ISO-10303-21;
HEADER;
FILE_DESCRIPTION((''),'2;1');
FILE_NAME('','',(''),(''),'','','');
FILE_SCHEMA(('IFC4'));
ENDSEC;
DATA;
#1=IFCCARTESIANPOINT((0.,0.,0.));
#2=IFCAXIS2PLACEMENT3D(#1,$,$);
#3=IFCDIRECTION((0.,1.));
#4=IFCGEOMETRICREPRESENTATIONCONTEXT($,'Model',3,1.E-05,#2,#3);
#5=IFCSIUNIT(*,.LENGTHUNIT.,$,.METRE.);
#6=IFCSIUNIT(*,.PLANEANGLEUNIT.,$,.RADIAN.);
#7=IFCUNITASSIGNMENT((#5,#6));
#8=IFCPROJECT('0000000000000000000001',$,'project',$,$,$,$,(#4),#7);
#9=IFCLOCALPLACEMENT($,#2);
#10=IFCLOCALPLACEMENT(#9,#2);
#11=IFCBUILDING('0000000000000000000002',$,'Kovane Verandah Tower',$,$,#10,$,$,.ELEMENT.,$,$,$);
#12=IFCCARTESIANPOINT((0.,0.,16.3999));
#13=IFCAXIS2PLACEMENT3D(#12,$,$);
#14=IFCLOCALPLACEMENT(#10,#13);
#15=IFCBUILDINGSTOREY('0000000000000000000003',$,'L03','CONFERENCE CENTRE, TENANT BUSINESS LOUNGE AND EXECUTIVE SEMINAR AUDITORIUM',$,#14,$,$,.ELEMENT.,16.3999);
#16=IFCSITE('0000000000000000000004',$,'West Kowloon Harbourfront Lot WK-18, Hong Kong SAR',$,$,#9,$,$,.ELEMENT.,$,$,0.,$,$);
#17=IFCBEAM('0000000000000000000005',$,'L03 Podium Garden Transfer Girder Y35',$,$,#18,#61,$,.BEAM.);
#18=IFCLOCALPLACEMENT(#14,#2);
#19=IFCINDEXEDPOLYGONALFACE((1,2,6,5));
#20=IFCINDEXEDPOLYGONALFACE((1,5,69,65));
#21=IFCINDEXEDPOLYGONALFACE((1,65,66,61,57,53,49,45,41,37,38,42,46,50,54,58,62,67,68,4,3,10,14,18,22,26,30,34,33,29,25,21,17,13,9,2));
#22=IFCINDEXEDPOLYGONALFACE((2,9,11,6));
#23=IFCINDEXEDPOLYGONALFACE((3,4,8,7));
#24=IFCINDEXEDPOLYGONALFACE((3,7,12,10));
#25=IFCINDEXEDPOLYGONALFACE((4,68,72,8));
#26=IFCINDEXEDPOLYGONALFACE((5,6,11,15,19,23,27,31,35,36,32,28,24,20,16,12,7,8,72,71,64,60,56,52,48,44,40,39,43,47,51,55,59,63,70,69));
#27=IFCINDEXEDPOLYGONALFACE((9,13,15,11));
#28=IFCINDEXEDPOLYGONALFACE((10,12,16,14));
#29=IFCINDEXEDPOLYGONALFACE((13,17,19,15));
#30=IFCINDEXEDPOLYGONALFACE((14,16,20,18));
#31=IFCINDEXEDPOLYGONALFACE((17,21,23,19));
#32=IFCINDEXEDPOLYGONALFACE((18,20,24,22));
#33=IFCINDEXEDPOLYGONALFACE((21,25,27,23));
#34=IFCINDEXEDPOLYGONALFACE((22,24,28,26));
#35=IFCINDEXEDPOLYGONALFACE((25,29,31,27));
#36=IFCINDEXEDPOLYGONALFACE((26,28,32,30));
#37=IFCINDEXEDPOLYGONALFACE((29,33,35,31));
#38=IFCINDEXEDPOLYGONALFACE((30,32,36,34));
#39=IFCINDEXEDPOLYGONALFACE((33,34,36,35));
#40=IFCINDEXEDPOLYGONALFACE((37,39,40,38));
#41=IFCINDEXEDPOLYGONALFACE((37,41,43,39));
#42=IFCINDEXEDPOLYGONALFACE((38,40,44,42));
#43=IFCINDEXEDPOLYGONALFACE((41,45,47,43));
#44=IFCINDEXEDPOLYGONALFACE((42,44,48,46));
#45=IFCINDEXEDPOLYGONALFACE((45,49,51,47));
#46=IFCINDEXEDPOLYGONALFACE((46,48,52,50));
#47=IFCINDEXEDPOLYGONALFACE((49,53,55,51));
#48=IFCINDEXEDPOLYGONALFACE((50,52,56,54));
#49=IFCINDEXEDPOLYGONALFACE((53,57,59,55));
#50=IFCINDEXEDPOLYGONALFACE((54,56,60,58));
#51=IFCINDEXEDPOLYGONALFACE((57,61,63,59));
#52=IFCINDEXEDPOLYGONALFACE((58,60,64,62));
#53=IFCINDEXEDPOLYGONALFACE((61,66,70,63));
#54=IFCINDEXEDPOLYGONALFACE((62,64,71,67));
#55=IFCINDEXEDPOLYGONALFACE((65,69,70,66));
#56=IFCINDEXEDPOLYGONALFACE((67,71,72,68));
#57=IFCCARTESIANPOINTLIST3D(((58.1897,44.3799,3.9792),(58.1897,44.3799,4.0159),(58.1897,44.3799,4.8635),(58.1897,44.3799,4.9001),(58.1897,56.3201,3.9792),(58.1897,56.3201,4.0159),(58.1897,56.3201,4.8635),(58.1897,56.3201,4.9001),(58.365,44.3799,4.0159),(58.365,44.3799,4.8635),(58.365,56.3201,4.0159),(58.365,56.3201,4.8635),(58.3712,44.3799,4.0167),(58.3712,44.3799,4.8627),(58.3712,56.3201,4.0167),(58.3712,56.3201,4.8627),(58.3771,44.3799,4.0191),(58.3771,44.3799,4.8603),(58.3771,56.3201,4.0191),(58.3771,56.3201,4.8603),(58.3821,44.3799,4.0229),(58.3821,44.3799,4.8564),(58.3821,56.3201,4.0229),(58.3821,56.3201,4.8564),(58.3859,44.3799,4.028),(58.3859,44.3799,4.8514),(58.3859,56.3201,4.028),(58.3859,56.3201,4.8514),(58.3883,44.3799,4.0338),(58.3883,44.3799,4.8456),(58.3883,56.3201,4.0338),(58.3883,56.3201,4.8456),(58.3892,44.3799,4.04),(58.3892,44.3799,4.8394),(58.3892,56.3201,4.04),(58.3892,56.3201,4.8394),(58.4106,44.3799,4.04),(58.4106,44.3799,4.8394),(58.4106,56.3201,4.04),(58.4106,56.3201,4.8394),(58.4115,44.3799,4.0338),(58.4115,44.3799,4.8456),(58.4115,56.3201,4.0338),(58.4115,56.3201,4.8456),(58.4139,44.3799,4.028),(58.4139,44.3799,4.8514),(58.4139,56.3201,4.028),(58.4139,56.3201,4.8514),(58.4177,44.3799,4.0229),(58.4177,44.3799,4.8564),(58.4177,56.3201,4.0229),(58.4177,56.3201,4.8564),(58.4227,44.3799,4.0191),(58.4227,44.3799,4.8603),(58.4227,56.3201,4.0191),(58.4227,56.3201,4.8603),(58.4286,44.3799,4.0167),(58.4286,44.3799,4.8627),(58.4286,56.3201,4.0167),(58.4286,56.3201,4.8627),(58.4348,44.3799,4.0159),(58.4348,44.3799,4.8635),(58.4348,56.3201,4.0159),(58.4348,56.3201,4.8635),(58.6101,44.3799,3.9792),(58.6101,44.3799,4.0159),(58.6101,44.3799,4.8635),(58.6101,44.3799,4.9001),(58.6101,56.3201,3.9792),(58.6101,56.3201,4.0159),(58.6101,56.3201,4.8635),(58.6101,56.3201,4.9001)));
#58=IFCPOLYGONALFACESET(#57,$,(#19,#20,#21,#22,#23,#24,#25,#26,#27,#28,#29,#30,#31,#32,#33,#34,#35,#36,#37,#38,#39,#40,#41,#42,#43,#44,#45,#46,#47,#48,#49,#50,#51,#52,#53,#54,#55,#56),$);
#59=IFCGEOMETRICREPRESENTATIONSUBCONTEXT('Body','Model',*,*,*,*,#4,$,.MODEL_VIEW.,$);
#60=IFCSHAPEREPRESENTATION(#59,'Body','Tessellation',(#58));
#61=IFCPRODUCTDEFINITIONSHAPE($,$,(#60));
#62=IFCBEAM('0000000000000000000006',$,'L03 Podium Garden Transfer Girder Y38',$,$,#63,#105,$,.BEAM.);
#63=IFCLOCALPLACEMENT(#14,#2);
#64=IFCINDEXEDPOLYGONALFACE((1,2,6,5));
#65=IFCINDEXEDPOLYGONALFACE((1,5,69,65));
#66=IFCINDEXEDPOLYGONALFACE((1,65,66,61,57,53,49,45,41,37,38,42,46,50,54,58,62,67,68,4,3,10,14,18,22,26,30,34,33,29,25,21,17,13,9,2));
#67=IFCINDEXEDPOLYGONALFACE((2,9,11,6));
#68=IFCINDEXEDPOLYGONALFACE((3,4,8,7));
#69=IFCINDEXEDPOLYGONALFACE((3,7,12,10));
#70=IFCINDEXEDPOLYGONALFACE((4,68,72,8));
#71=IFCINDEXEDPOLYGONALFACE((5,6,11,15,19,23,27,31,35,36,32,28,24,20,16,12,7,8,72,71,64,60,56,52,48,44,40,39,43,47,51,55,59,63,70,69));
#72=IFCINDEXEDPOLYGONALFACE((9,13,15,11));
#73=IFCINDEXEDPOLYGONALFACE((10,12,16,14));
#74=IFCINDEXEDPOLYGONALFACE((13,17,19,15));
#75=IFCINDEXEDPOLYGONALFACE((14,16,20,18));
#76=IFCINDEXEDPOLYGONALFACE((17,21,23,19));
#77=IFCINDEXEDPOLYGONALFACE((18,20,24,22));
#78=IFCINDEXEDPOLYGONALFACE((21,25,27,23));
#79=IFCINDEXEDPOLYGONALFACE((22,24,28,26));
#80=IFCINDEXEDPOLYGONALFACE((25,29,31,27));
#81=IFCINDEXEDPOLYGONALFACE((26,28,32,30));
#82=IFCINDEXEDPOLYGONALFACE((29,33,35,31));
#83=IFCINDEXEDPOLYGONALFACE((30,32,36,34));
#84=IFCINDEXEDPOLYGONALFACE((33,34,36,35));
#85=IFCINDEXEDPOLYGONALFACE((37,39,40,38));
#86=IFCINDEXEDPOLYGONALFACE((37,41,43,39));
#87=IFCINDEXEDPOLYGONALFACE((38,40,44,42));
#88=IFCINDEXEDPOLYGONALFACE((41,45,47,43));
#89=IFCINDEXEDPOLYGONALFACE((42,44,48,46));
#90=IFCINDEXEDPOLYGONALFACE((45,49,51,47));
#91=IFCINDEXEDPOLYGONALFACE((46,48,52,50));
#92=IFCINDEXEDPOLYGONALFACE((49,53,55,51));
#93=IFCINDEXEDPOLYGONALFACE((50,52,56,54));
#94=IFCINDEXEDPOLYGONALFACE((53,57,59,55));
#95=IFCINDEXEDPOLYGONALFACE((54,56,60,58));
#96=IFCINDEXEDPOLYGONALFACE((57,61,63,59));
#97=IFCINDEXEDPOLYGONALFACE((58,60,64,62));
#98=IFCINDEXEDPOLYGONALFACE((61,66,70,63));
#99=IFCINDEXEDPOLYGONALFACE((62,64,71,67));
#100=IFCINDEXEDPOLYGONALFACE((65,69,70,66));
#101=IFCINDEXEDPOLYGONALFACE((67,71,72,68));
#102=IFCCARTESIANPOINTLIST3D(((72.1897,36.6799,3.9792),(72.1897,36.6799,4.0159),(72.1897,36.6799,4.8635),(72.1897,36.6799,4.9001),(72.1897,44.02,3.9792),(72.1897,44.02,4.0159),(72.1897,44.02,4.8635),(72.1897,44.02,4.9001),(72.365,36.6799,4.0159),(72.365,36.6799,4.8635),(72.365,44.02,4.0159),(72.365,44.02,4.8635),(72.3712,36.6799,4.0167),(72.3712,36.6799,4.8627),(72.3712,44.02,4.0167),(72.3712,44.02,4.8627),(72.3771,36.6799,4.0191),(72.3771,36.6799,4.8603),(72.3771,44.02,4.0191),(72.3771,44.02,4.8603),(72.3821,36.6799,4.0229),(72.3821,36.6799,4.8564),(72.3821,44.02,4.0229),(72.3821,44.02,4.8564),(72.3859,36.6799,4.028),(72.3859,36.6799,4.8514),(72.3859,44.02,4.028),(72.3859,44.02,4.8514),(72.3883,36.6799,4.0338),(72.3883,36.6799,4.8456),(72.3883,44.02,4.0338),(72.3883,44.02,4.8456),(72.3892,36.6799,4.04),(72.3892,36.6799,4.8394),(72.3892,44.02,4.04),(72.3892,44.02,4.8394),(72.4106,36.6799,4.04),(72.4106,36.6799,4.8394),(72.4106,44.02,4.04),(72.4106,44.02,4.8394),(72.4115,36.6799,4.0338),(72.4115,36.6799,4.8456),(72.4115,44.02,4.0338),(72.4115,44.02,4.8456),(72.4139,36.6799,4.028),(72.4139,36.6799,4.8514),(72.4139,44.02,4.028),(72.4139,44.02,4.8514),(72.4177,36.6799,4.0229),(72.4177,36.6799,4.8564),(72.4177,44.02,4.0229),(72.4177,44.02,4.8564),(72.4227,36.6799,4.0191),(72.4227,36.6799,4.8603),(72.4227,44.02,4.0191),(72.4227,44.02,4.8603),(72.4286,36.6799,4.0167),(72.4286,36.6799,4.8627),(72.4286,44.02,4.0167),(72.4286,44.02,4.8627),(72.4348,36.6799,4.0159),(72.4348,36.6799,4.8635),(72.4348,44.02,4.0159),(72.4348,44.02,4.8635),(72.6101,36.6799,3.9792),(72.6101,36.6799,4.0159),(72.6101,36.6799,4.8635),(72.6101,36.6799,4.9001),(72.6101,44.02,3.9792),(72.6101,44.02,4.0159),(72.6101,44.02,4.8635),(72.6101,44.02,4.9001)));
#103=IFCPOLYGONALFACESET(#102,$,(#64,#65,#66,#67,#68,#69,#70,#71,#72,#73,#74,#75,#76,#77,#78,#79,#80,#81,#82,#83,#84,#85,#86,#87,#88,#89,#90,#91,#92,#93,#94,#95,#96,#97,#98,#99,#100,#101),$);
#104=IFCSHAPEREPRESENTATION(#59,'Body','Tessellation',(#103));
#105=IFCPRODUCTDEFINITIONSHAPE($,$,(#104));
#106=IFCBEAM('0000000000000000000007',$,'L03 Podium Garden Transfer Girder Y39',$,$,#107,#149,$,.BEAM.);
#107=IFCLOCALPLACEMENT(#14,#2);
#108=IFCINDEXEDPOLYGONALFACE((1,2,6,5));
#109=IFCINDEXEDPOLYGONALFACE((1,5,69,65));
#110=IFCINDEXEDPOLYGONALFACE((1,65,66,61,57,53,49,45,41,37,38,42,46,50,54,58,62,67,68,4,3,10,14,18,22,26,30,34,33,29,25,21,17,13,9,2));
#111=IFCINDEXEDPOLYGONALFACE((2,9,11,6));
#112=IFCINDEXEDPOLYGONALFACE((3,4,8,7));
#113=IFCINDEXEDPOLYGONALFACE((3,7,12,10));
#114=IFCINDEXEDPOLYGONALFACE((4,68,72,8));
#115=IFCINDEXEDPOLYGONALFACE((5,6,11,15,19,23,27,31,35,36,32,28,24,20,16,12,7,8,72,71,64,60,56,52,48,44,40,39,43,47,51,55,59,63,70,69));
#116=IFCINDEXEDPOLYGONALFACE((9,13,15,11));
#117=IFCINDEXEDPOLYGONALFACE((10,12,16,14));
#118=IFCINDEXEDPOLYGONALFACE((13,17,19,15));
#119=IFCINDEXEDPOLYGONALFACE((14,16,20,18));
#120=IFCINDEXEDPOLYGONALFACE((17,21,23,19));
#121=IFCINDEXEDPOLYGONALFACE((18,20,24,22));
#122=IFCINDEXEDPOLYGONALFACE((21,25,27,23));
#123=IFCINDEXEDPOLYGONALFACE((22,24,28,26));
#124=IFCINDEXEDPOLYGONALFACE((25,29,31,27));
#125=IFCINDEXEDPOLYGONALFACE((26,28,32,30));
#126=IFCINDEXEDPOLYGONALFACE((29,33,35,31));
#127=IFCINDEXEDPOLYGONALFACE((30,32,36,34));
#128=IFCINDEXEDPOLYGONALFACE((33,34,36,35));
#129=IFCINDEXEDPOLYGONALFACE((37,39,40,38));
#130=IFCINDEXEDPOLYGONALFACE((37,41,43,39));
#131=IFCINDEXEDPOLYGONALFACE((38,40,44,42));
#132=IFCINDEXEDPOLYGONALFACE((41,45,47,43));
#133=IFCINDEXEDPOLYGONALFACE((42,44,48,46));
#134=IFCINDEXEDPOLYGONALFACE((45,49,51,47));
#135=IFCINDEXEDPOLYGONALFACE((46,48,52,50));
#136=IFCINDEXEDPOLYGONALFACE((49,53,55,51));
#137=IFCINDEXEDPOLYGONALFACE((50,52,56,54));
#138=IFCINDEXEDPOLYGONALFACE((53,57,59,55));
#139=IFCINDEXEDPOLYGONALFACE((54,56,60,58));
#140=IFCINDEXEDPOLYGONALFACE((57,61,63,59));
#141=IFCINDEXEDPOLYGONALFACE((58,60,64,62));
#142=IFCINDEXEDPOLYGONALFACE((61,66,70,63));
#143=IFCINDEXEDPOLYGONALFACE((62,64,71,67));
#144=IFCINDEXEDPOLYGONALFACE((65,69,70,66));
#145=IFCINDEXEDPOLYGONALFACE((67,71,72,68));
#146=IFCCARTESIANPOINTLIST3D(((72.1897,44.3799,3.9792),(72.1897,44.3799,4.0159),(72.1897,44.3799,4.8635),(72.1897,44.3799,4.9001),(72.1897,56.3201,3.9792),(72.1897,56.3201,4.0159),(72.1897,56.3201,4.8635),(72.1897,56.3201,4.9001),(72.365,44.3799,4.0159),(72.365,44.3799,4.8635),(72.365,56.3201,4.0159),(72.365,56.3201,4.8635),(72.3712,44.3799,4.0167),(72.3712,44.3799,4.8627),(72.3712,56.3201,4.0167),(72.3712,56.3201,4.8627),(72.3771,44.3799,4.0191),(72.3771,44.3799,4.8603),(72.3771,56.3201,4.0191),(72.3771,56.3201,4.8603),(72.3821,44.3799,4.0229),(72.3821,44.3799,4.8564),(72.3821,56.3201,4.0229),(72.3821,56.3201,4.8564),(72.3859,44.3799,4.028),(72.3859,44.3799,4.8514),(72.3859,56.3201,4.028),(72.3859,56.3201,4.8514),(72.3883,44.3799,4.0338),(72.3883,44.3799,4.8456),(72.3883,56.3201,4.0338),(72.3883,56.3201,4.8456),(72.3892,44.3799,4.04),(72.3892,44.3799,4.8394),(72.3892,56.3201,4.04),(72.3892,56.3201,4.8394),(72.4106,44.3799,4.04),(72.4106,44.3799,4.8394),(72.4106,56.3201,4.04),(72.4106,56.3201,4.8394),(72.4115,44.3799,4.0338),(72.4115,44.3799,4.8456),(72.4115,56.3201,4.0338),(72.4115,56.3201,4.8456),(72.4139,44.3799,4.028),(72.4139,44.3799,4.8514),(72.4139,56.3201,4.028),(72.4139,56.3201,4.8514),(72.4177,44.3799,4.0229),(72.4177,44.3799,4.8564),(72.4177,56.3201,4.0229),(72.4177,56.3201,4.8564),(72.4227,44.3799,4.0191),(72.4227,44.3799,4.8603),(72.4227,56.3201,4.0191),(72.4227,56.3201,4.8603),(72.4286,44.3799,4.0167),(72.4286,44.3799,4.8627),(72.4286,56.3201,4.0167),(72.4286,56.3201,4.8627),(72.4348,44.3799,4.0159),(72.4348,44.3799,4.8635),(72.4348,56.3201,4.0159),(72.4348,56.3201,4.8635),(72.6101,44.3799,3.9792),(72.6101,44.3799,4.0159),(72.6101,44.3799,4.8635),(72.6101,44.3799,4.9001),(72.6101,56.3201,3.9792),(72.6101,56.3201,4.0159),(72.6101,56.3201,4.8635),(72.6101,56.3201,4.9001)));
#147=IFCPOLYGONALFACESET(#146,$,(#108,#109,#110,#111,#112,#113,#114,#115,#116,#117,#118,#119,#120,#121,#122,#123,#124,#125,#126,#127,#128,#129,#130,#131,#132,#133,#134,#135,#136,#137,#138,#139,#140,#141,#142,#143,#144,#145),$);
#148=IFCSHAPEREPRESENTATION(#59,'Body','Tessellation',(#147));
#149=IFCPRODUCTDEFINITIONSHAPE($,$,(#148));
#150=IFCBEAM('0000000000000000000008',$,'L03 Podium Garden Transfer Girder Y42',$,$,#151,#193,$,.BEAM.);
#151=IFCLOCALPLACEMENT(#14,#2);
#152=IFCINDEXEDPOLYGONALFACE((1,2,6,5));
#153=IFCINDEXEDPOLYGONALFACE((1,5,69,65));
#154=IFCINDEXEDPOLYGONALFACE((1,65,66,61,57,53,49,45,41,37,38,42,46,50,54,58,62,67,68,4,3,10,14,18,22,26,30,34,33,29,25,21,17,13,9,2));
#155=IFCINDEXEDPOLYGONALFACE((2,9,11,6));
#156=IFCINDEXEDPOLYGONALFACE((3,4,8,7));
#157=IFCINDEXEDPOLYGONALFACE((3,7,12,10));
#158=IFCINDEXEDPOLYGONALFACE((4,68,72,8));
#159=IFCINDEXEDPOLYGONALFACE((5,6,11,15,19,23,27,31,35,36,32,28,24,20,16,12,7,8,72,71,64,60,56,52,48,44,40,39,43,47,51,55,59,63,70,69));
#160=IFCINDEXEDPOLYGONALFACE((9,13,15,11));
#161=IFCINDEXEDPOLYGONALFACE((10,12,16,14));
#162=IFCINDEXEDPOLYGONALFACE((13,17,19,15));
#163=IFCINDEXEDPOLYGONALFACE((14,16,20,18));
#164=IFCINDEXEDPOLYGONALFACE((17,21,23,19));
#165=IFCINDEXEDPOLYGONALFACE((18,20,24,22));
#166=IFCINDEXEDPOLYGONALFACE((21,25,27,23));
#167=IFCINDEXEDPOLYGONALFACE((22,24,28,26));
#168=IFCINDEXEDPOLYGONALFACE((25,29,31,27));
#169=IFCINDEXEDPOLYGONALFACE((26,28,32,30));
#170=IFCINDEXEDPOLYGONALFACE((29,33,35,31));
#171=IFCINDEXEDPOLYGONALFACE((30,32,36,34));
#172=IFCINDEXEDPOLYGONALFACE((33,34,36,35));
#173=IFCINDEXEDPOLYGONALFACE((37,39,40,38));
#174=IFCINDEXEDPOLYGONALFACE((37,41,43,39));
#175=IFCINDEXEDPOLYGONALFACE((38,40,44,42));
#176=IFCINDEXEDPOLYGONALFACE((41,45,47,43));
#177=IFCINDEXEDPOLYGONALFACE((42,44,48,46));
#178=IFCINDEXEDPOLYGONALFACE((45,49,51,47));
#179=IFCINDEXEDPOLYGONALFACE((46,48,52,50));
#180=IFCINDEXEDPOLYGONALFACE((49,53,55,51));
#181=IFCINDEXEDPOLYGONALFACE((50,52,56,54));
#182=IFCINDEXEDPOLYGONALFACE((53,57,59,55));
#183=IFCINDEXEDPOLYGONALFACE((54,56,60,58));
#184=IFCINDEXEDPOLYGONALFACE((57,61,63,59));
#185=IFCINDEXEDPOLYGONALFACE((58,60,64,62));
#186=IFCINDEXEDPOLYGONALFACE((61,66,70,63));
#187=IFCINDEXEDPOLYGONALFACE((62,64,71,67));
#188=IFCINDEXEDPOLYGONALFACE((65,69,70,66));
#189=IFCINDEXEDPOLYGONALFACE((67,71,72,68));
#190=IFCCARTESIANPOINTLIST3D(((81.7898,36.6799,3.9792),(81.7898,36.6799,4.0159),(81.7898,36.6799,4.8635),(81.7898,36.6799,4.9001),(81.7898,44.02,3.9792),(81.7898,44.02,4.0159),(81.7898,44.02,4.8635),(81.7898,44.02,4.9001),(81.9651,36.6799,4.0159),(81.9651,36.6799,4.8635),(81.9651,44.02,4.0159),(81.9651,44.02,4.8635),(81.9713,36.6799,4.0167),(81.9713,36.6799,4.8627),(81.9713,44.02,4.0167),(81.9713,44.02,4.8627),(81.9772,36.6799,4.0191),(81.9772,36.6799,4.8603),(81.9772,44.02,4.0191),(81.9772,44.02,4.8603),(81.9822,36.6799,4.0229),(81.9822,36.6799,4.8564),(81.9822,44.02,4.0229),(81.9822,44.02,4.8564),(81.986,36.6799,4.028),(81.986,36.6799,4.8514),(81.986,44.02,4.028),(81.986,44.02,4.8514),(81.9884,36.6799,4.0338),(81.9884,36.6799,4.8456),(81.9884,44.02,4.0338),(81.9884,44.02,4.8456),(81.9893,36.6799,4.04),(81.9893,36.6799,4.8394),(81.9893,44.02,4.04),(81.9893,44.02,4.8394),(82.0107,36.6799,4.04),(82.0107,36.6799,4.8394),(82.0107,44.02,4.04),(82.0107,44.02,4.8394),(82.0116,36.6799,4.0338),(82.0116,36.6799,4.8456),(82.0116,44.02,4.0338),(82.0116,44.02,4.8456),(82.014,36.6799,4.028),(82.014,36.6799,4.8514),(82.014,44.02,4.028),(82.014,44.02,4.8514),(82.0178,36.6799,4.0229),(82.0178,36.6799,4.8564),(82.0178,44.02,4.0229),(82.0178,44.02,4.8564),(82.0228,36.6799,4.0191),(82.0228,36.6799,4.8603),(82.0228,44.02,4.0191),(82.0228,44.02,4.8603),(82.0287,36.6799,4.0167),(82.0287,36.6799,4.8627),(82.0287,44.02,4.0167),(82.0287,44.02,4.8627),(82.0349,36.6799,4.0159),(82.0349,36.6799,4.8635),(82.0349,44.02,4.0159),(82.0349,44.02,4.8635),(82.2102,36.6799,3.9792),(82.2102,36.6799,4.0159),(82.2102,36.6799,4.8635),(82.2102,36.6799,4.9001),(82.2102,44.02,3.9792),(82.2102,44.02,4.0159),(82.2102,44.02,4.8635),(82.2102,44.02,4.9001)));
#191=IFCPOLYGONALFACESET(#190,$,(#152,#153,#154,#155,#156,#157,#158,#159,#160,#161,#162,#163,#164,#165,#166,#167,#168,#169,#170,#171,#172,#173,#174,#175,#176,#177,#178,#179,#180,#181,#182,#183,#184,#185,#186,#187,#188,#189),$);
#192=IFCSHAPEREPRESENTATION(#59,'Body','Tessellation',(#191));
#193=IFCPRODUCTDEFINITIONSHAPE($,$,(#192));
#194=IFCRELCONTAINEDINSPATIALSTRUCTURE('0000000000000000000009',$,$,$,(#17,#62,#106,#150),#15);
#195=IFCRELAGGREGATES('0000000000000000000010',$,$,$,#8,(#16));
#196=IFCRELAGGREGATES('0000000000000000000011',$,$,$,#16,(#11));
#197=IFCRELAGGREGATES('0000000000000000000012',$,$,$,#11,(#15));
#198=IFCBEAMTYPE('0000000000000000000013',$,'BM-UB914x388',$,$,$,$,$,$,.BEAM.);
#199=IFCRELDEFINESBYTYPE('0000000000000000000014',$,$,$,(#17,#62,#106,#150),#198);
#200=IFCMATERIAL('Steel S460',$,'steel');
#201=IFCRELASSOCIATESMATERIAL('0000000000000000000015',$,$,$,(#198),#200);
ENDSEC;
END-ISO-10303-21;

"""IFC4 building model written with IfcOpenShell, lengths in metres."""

from ifc_helpers import new_model, si_unit, direction, frame, origin, origin_2d, place, context, subcontext, project, spatial, i_section, extrude, material, material_profile, profile_set, type_object, element, save


model = new_model("IFC4")

# Units and contexts
model_context = context("Model", 3, precision=1e-05, world=origin(), true_north=direction((0.0, 1.0)))
body_context = subcontext(model_context, "Body", "Model", "MODEL_VIEW")
ifc_project = project(units=[si_unit("LENGTHUNIT", "METRE"), si_unit("PLANEANGLEUNIT", "RADIAN")], contexts=[model_context])

# Site, building, storey
site_placement = place(None, origin())
site = spatial("IfcSite", under=ifc_project, at=site_placement, Name="West Kowloon Harbourfront Lot WK-18, Hong Kong SAR", CompositionType="ELEMENT", RefElevation=0.0)
building_placement = place(site_placement, origin())
building = spatial("IfcBuilding", under=site, at=building_placement, Name="Kovane Verandah Tower", CompositionType="ELEMENT")
storey_placement = place(building_placement, frame((0.0, 0.0, 16.3999)))
storey = spatial("IfcBuildingStorey", under=building, at=storey_placement, Name="L03", Description="CONFERENCE CENTRE, TENANT BUSINESS LOUNGE AND EXECUTIVE SEMINAR AUDITORIUM", CompositionType="ELEMENT", Elevation=16.3999)

# Shared definitions
ifc_material_1 = material(Name="Steel S460", Category="steel")

# Beams
ifc_material_profile_1 = material_profile(ifc_material_1, i_section(OverallWidth=0.4204, OverallDepth=0.9209, WebThickness=0.0215, FlangeThickness=0.0366, FilletRadius=0.0242, at=origin_2d()), Name="UB914x419x388")
ifc_profile_set_1 = profile_set([ifc_material_profile_1], Name="Steel S460")
beam_type = type_object("IfcBeamType", Name="BM-UB914x388", PredefinedType="BEAM", material=ifc_profile_set_1)
beam_1_placement = place(storey_placement, frame((58.3999, 44.3799, 4.4397), z_axis=(0.0, 1.0, 0.0), x_axis=(-1.0, 0.0, 0.0)))
element("IfcBeam", 1, at=beam_1_placement, inside=storey, type_object=beam_type, Name="L03 Podium Garden Transfer Girder Y35", PredefinedType="BEAM", context=body_context, shape_type="SweptSolid", body=[
    extrude(i_section(OverallWidth=0.4204, OverallDepth=0.9209, WebThickness=0.0215, FlangeThickness=0.0366, FilletRadius=0.0242, at=origin_2d()), origin(), (0.0, 0.0, 1.0), 11.9402),
])
beam_2_placement = place(storey_placement, frame((72.3999, 36.6799, 4.4397), z_axis=(0.0, 1.0, 0.0), x_axis=(-1.0, 0.0, 0.0)))
element("IfcBeam", 2, at=beam_2_placement, inside=storey, type_object=beam_type, Name="L03 Podium Garden Transfer Girder Y38", PredefinedType="BEAM", context=body_context, shape_type="SweptSolid", body=[
    extrude(i_section(OverallWidth=0.4204, OverallDepth=0.9209, WebThickness=0.0215, FlangeThickness=0.0366, FilletRadius=0.0242, at=origin_2d()), origin(), (0.0, 0.0, 1.0), 7.3401),
])
beam_3_placement = place(storey_placement, frame((72.3999, 44.3799, 4.4397), z_axis=(0.0, 1.0, 0.0), x_axis=(-1.0, 0.0, 0.0)))
element("IfcBeam", 3, at=beam_3_placement, inside=storey, type_object=beam_type, Name="L03 Podium Garden Transfer Girder Y39", PredefinedType="BEAM", context=body_context, shape_type="SweptSolid", body=[
    extrude(i_section(OverallWidth=0.4204, OverallDepth=0.9209, WebThickness=0.0215, FlangeThickness=0.0366, FilletRadius=0.0242, at=origin_2d()), origin(), (0.0, 0.0, 1.0), 11.9402),
])
beam_4_placement = place(storey_placement, frame((82.0, 36.6799, 4.4397), z_axis=(0.0, 1.0, 0.0), x_axis=(-1.0, 0.0, 0.0)))
element("IfcBeam", 4, at=beam_4_placement, inside=storey, type_object=beam_type, Name="L03 Podium Garden Transfer Girder Y42", PredefinedType="BEAM", context=body_context, shape_type="SweptSolid", body=[
    extrude(i_section(OverallWidth=0.4204, OverallDepth=0.9209, WebThickness=0.0215, FlangeThickness=0.0366, FilletRadius=0.0242, at=origin_2d()), origin(), (0.0, 0.0, 1.0), 7.3401),
])

save(model, "model.ifc")
